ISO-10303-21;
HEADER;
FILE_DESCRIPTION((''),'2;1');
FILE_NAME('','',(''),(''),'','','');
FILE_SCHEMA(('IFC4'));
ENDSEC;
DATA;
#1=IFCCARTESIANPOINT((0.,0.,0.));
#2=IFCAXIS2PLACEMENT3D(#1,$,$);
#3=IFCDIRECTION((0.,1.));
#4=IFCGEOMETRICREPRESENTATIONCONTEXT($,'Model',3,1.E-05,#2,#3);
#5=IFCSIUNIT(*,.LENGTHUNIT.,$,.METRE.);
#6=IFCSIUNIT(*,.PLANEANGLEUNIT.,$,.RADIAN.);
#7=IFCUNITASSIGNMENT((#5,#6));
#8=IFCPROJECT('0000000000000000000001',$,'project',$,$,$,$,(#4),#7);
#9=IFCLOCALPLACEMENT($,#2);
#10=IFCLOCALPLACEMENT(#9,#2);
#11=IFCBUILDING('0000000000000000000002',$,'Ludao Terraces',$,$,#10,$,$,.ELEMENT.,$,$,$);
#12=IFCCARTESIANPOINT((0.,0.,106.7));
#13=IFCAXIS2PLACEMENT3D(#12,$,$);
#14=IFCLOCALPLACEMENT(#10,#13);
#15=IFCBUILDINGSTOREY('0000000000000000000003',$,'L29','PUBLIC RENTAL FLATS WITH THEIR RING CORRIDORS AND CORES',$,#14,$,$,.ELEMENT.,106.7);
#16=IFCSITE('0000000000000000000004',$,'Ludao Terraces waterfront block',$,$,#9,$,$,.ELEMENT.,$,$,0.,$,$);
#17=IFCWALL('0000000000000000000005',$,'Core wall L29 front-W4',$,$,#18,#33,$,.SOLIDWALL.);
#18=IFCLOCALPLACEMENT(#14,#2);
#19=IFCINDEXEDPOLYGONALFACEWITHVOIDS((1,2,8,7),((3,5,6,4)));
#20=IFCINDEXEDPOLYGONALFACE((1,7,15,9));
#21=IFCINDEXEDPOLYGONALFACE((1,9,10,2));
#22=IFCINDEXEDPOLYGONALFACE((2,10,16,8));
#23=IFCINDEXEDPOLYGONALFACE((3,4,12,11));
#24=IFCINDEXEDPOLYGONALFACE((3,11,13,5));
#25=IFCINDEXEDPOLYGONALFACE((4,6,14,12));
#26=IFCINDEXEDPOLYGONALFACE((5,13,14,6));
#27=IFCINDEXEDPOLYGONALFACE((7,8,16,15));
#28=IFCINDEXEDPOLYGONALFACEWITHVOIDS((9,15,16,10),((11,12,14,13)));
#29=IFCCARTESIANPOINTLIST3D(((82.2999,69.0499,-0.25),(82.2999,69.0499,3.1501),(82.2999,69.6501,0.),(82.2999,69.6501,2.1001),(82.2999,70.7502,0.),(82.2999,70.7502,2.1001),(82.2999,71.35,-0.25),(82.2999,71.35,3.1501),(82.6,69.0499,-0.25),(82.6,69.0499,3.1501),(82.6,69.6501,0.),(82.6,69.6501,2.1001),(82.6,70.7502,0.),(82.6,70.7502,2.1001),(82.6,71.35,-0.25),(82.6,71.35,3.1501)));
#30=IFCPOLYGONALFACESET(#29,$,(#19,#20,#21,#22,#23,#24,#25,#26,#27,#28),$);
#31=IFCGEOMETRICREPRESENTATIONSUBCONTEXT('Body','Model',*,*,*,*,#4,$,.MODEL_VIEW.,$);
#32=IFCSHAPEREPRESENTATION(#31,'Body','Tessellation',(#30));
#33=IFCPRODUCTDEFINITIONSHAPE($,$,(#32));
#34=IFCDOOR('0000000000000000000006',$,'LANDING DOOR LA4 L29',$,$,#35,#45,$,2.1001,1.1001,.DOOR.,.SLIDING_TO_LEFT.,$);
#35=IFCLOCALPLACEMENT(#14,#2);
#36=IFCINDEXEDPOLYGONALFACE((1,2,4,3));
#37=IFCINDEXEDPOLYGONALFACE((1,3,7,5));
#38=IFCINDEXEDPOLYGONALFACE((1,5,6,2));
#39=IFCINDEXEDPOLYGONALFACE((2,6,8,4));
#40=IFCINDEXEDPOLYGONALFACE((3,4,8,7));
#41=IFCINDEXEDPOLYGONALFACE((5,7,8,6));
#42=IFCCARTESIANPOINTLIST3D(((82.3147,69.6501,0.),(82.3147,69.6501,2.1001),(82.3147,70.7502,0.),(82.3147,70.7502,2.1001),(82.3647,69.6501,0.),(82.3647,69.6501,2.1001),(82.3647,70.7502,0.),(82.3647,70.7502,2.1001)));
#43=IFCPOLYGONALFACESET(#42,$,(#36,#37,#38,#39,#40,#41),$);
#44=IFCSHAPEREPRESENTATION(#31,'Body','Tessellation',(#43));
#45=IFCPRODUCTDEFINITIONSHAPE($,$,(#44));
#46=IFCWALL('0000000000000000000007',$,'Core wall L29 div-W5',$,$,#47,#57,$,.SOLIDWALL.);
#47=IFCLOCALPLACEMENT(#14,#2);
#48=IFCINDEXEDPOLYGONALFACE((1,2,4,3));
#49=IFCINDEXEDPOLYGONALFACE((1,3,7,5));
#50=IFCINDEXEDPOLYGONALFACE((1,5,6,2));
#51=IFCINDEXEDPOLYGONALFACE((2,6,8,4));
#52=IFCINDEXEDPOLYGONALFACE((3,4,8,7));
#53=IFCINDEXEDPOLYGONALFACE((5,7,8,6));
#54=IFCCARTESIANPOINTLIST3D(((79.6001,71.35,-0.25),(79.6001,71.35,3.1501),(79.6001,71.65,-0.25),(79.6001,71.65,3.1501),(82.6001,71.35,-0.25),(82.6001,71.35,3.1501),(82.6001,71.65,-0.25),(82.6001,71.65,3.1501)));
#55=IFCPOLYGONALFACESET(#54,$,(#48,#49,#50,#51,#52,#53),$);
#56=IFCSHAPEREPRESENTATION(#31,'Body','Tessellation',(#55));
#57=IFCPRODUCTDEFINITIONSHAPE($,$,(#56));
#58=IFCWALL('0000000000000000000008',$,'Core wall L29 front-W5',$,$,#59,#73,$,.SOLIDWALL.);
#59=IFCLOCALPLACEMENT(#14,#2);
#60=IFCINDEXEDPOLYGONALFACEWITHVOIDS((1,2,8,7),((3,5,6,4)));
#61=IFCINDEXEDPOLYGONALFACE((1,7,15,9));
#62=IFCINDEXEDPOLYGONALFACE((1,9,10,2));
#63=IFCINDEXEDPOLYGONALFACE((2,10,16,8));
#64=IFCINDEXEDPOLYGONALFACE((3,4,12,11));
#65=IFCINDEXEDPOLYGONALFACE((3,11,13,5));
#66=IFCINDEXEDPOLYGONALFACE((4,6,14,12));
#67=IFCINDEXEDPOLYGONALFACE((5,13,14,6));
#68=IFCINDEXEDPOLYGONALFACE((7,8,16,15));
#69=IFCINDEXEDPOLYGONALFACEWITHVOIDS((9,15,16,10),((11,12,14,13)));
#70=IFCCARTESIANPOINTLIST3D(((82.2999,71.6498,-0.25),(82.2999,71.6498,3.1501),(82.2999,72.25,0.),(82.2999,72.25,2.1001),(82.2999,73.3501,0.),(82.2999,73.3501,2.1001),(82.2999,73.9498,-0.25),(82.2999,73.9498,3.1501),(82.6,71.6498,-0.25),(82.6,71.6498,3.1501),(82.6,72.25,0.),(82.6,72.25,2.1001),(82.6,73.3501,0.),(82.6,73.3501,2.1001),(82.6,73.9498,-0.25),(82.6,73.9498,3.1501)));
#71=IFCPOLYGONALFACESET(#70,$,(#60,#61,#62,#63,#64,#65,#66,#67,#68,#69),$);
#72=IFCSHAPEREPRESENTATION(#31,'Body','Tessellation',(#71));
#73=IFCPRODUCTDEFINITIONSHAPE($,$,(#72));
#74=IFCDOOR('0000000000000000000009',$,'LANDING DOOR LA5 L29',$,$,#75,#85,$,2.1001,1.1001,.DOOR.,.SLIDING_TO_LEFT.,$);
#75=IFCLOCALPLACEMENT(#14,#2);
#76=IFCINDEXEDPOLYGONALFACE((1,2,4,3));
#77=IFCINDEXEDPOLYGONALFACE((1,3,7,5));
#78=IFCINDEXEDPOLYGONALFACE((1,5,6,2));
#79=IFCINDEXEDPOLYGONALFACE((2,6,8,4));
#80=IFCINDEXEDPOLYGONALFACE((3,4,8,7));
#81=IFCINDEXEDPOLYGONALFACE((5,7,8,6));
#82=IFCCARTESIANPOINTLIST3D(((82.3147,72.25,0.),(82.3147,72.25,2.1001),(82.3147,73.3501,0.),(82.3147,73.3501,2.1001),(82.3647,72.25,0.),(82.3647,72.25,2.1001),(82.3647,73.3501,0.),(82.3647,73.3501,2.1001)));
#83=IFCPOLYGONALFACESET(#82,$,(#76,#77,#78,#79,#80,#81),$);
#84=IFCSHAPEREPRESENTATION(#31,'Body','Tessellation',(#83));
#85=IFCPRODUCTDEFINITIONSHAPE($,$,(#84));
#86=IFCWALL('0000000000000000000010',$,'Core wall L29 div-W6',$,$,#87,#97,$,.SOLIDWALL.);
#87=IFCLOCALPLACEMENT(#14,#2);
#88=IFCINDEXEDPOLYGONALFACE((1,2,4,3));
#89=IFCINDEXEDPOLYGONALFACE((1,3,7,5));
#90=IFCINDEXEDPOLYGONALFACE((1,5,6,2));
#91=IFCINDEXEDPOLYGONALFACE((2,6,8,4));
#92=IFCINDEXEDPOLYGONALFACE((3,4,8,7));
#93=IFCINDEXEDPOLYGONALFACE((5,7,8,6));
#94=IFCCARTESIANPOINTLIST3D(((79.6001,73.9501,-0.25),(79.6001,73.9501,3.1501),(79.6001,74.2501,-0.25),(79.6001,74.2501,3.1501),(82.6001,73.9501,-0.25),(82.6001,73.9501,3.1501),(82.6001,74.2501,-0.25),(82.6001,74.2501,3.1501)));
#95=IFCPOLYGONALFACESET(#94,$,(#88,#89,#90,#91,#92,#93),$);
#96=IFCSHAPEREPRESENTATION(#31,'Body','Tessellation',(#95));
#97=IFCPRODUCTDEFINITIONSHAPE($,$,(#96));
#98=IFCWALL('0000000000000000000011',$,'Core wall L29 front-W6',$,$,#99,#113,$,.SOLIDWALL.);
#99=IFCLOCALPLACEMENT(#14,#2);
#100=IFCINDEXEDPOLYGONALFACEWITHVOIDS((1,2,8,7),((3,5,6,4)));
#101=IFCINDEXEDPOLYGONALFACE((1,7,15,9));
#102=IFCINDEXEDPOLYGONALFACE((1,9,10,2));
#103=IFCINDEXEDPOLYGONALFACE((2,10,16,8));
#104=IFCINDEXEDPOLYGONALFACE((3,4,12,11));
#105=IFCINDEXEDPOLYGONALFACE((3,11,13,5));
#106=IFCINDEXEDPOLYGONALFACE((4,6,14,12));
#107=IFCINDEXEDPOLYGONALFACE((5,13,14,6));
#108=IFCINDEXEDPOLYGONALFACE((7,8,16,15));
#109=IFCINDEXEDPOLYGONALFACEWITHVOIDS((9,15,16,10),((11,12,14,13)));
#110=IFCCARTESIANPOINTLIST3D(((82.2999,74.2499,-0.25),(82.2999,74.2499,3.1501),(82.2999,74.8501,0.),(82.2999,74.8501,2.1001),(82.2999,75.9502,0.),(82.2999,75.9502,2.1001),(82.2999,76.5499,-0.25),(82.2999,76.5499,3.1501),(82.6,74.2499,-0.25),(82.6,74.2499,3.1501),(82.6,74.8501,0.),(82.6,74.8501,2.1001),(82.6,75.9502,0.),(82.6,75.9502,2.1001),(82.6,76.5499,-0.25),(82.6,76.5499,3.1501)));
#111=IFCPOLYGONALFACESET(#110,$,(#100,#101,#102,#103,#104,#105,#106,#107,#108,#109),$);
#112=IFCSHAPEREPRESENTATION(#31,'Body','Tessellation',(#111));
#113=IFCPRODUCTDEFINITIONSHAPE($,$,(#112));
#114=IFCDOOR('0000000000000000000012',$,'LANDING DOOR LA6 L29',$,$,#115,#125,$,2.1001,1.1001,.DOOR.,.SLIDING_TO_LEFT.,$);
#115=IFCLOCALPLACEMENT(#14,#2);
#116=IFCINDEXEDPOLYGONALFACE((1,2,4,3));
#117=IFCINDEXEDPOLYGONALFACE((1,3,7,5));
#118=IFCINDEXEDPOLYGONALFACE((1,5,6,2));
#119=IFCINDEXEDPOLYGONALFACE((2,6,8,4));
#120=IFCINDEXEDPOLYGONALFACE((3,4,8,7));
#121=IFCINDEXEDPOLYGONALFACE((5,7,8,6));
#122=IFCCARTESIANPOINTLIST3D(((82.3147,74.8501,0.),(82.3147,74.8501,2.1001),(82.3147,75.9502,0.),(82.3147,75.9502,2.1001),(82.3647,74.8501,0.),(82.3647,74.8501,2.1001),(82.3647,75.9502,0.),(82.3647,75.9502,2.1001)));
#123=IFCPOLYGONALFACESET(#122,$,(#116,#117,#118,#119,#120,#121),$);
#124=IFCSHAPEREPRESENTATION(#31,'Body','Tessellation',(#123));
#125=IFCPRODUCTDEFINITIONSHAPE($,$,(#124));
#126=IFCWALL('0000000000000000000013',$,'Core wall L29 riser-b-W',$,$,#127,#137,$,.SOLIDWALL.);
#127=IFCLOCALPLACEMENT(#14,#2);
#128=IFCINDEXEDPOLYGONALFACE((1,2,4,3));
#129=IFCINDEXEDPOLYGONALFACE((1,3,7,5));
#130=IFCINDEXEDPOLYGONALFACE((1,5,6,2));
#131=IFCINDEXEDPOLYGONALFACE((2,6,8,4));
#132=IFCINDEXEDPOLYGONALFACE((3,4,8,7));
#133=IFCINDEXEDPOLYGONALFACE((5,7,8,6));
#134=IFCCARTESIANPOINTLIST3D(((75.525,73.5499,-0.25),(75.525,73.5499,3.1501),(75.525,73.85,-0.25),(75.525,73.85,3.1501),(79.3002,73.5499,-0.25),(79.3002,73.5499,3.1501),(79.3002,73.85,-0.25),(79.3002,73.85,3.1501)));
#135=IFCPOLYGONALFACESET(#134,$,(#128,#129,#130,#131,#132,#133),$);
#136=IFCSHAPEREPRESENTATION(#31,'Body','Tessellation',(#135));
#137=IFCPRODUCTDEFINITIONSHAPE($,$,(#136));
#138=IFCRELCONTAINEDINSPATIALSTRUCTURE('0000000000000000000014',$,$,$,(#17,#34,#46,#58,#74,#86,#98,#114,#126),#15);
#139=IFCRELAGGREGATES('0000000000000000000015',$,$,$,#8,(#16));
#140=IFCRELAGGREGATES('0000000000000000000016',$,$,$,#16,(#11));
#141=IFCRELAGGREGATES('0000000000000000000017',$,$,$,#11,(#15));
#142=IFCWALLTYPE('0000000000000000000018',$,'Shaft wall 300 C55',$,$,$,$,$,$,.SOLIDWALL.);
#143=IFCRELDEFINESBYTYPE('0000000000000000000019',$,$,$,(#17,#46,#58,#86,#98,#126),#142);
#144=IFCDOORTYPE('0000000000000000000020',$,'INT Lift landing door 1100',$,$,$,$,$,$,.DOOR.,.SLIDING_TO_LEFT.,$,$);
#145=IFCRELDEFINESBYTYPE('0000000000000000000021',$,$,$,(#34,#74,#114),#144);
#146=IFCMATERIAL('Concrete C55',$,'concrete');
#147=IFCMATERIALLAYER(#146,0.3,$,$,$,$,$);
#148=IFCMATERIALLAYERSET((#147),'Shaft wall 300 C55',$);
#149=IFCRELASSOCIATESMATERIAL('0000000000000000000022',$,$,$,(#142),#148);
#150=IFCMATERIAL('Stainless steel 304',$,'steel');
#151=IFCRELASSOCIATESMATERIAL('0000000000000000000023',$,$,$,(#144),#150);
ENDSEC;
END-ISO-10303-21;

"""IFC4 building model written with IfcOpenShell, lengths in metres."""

from ifc_helpers import new_model, si_unit, direction, frame, frame_2d, origin, place, context, subcontext, project, spatial, rectangle, extrude, material, layer, layer_set, type_object, element, fill, save


model = new_model("IFC4")

# Units and contexts
model_context = context("Model", 3, precision=1e-05, world=origin(), true_north=direction((0.0, 1.0)))
body_context = subcontext(model_context, "Body", "Model", "MODEL_VIEW")
ifc_project = project(units=[si_unit("LENGTHUNIT", "METRE"), si_unit("PLANEANGLEUNIT", "RADIAN")], contexts=[model_context])

# Site, building, storey
site_placement = place(None, origin())
site = spatial("IfcSite", under=ifc_project, at=site_placement, Name="Ludao Terraces waterfront block", CompositionType="ELEMENT", RefElevation=0.0)
building_placement = place(site_placement, origin())
building = spatial("IfcBuilding", under=site, at=building_placement, Name="Ludao Terraces", CompositionType="ELEMENT")
storey_placement = place(building_placement, frame((0.0, 0.0, 106.7)))
storey = spatial("IfcBuildingStorey", under=building, at=storey_placement, Name="L29", Description="PUBLIC RENTAL FLATS WITH THEIR RING CORRIDORS AND CORES", CompositionType="ELEMENT", Elevation=106.7)

# Shared definitions
ifc_material_1 = material(Name="Concrete C55", Category="concrete")
ifc_layer_1 = layer(ifc_material_1, 0.3)
ifc_layer_set_1 = layer_set([ifc_layer_1], Name="Shaft wall 300 C55")
wall_type_1 = type_object("IfcWallType", Name="Shaft wall 300 C55", PredefinedType="SOLIDWALL", material=ifc_layer_set_1)

# Wall, opening, door
wall_1_placement = place(storey_placement, frame((82.45, 69.05, -0.25), z_axis=(0.0, 0.0, 1.0), x_axis=(0.0, 1.0, 0.0)))
wall_1 = element("IfcWall", 1, at=wall_1_placement, inside=storey, type_object=wall_type_1, Name="Core wall L29 front-W4", PredefinedType="SOLIDWALL", context=body_context, shape_type="SweptSolid", body=[
    extrude(rectangle(XDim=2.3, YDim=0.3, at=frame_2d((1.1499, 0.0))), origin(), (0.0, 0.0, 1.0), 3.4001),
])
opening_1_placement = place(wall_1_placement, frame((0.6001, 0.0, 0.25)))
opening_1 = element("IfcOpeningElement", 2, at=opening_1_placement, cuts=wall_1, PredefinedType="OPENING", context=body_context, shape_type="SweptSolid", body=[
    extrude(rectangle(XDim=1.1001, YDim=2.1001, at=frame_2d((0.55, 1.05))), frame((0.0, 0.1602, 0.0), z_axis=(0.0, -1.0, 0.0), x_axis=(1.0, 0.0, 0.0)), (0.0, 0.0, 1.0), 0.3201),
])
ifc_material_2 = material(Name="Stainless steel 304", Category="steel")
door_type_1 = type_object("IfcDoorType", Name="INT Lift landing door 1100", OperationType="SLIDING_TO_LEFT", PredefinedType="DOOR", material=ifc_material_2)
door_1_placement = place(opening_1_placement, origin())
door_1 = element("IfcDoor", 3, at=door_1_placement, inside=storey, type_object=door_type_1, Name="LANDING DOOR LA4 L29", OperationType="SLIDING_TO_LEFT", OverallHeight=2.1001, OverallWidth=1.1001, PredefinedType="DOOR", context=body_context, shape_type="SweptSolid", body=[
    extrude(rectangle(XDim=1.1001, YDim=2.1001, at=frame_2d((0.55, 1.05))), frame((0.0, 0.1353, 0.0), z_axis=(0.0, -1.0, 0.0), x_axis=(1.0, 0.0, 0.0)), (0.0, 0.0, 1.0), 0.05),
])
fill(opening_1, door_1)

# Wall
wall_2_placement = place(storey_placement, frame((79.6001, 71.5, -0.25), z_axis=(0.0, 0.0, 1.0), x_axis=(1.0, 0.0, 0.0)))
element("IfcWall", 4, at=wall_2_placement, inside=storey, type_object=wall_type_1, Name="Core wall L29 div-W5", PredefinedType="SOLIDWALL", context=body_context, shape_type="SweptSolid", body=[
    extrude(rectangle(XDim=3.0, YDim=0.3, at=frame_2d((1.5, 0.0))), origin(), (0.0, 0.0, 1.0), 3.4001),
])

# Wall, opening, door
wall_3_placement = place(storey_placement, frame((82.45, 71.6499, -0.25), z_axis=(0.0, 0.0, 1.0), x_axis=(0.0, 1.0, 0.0)))
wall_3 = element("IfcWall", 5, at=wall_3_placement, inside=storey, type_object=wall_type_1, Name="Core wall L29 front-W5", PredefinedType="SOLIDWALL", context=body_context, shape_type="SweptSolid", body=[
    extrude(rectangle(XDim=2.3, YDim=0.3, at=frame_2d((1.1499, 0.0))), origin(), (0.0, 0.0, 1.0), 3.4001),
])
opening_2_placement = place(wall_3_placement, frame((0.6001, 0.0, 0.25)))
opening_2 = element("IfcOpeningElement", 6, at=opening_2_placement, cuts=wall_3, PredefinedType="OPENING", context=body_context, shape_type="SweptSolid", body=[
    extrude(rectangle(XDim=1.1001, YDim=2.1001, at=frame_2d((0.55, 1.05))), frame((0.0, 0.1602, 0.0), z_axis=(0.0, -1.0, 0.0), x_axis=(1.0, 0.0, 0.0)), (0.0, 0.0, 1.0), 0.3201),
])
door_2_placement = place(opening_2_placement, origin())
door_2 = element("IfcDoor", 7, at=door_2_placement, inside=storey, type_object=door_type_1, Name="LANDING DOOR LA5 L29", OperationType="SLIDING_TO_LEFT", OverallHeight=2.1001, OverallWidth=1.1001, PredefinedType="DOOR", context=body_context, shape_type="SweptSolid", body=[
    extrude(rectangle(XDim=1.1001, YDim=2.1001, at=frame_2d((0.55, 1.05))), frame((0.0, 0.1353, 0.0), z_axis=(0.0, -1.0, 0.0), x_axis=(1.0, 0.0, 0.0)), (0.0, 0.0, 1.0), 0.05),
])
fill(opening_2, door_2)

# Wall
wall_4_placement = place(storey_placement, frame((79.6001, 74.1001, -0.25), z_axis=(0.0, 0.0, 1.0), x_axis=(1.0, 0.0, 0.0)))
element("IfcWall", 8, at=wall_4_placement, inside=storey, type_object=wall_type_1, Name="Core wall L29 div-W6", PredefinedType="SOLIDWALL", context=body_context, shape_type="SweptSolid", body=[
    extrude(rectangle(XDim=3.0, YDim=0.3, at=frame_2d((1.5, 0.0))), origin(), (0.0, 0.0, 1.0), 3.4001),
])

# Wall, opening, door
wall_5_placement = place(storey_placement, frame((82.45, 74.25, -0.25), z_axis=(0.0, 0.0, 1.0), x_axis=(0.0, 1.0, 0.0)))
wall_5 = element("IfcWall", 9, at=wall_5_placement, inside=storey, type_object=wall_type_1, Name="Core wall L29 front-W6", PredefinedType="SOLIDWALL", context=body_context, shape_type="SweptSolid", body=[
    extrude(rectangle(XDim=2.3, YDim=0.3, at=frame_2d((1.1499, 0.0))), origin(), (0.0, 0.0, 1.0), 3.4001),
])
opening_3_placement = place(wall_5_placement, frame((0.6001, 0.0, 0.25)))
opening_3 = element("IfcOpeningElement", 10, at=opening_3_placement, cuts=wall_5, PredefinedType="OPENING", context=body_context, shape_type="SweptSolid", body=[
    extrude(rectangle(XDim=1.1001, YDim=2.1001, at=frame_2d((0.55, 1.05))), frame((0.0, 0.1602, 0.0), z_axis=(0.0, -1.0, 0.0), x_axis=(1.0, 0.0, 0.0)), (0.0, 0.0, 1.0), 0.3201),
])
door_3_placement = place(opening_3_placement, origin())
door_3 = element("IfcDoor", 11, at=door_3_placement, inside=storey, type_object=door_type_1, Name="LANDING DOOR LA6 L29", OperationType="SLIDING_TO_LEFT", OverallHeight=2.1001, OverallWidth=1.1001, PredefinedType="DOOR", context=body_context, shape_type="SweptSolid", body=[
    extrude(rectangle(XDim=1.1001, YDim=2.1001, at=frame_2d((0.55, 1.05))), frame((0.0, 0.1353, 0.0), z_axis=(0.0, -1.0, 0.0), x_axis=(1.0, 0.0, 0.0)), (0.0, 0.0, 1.0), 0.05),
])
fill(opening_3, door_3)

# Wall
wall_6_placement = place(storey_placement, frame((75.5249, 73.7, -0.25), z_axis=(0.0, 0.0, 1.0), x_axis=(1.0, 0.0, 0.0)))
element("IfcWall", 12, at=wall_6_placement, inside=storey, type_object=wall_type_1, Name="Core wall L29 riser-b-W", PredefinedType="SOLIDWALL", context=body_context, shape_type="SweptSolid", body=[
    extrude(rectangle(XDim=3.7751, YDim=0.3, at=frame_2d((1.8877, 0.0))), origin(), (0.0, 0.0, 1.0), 3.4001),
])

save(model, "model.ifc")
